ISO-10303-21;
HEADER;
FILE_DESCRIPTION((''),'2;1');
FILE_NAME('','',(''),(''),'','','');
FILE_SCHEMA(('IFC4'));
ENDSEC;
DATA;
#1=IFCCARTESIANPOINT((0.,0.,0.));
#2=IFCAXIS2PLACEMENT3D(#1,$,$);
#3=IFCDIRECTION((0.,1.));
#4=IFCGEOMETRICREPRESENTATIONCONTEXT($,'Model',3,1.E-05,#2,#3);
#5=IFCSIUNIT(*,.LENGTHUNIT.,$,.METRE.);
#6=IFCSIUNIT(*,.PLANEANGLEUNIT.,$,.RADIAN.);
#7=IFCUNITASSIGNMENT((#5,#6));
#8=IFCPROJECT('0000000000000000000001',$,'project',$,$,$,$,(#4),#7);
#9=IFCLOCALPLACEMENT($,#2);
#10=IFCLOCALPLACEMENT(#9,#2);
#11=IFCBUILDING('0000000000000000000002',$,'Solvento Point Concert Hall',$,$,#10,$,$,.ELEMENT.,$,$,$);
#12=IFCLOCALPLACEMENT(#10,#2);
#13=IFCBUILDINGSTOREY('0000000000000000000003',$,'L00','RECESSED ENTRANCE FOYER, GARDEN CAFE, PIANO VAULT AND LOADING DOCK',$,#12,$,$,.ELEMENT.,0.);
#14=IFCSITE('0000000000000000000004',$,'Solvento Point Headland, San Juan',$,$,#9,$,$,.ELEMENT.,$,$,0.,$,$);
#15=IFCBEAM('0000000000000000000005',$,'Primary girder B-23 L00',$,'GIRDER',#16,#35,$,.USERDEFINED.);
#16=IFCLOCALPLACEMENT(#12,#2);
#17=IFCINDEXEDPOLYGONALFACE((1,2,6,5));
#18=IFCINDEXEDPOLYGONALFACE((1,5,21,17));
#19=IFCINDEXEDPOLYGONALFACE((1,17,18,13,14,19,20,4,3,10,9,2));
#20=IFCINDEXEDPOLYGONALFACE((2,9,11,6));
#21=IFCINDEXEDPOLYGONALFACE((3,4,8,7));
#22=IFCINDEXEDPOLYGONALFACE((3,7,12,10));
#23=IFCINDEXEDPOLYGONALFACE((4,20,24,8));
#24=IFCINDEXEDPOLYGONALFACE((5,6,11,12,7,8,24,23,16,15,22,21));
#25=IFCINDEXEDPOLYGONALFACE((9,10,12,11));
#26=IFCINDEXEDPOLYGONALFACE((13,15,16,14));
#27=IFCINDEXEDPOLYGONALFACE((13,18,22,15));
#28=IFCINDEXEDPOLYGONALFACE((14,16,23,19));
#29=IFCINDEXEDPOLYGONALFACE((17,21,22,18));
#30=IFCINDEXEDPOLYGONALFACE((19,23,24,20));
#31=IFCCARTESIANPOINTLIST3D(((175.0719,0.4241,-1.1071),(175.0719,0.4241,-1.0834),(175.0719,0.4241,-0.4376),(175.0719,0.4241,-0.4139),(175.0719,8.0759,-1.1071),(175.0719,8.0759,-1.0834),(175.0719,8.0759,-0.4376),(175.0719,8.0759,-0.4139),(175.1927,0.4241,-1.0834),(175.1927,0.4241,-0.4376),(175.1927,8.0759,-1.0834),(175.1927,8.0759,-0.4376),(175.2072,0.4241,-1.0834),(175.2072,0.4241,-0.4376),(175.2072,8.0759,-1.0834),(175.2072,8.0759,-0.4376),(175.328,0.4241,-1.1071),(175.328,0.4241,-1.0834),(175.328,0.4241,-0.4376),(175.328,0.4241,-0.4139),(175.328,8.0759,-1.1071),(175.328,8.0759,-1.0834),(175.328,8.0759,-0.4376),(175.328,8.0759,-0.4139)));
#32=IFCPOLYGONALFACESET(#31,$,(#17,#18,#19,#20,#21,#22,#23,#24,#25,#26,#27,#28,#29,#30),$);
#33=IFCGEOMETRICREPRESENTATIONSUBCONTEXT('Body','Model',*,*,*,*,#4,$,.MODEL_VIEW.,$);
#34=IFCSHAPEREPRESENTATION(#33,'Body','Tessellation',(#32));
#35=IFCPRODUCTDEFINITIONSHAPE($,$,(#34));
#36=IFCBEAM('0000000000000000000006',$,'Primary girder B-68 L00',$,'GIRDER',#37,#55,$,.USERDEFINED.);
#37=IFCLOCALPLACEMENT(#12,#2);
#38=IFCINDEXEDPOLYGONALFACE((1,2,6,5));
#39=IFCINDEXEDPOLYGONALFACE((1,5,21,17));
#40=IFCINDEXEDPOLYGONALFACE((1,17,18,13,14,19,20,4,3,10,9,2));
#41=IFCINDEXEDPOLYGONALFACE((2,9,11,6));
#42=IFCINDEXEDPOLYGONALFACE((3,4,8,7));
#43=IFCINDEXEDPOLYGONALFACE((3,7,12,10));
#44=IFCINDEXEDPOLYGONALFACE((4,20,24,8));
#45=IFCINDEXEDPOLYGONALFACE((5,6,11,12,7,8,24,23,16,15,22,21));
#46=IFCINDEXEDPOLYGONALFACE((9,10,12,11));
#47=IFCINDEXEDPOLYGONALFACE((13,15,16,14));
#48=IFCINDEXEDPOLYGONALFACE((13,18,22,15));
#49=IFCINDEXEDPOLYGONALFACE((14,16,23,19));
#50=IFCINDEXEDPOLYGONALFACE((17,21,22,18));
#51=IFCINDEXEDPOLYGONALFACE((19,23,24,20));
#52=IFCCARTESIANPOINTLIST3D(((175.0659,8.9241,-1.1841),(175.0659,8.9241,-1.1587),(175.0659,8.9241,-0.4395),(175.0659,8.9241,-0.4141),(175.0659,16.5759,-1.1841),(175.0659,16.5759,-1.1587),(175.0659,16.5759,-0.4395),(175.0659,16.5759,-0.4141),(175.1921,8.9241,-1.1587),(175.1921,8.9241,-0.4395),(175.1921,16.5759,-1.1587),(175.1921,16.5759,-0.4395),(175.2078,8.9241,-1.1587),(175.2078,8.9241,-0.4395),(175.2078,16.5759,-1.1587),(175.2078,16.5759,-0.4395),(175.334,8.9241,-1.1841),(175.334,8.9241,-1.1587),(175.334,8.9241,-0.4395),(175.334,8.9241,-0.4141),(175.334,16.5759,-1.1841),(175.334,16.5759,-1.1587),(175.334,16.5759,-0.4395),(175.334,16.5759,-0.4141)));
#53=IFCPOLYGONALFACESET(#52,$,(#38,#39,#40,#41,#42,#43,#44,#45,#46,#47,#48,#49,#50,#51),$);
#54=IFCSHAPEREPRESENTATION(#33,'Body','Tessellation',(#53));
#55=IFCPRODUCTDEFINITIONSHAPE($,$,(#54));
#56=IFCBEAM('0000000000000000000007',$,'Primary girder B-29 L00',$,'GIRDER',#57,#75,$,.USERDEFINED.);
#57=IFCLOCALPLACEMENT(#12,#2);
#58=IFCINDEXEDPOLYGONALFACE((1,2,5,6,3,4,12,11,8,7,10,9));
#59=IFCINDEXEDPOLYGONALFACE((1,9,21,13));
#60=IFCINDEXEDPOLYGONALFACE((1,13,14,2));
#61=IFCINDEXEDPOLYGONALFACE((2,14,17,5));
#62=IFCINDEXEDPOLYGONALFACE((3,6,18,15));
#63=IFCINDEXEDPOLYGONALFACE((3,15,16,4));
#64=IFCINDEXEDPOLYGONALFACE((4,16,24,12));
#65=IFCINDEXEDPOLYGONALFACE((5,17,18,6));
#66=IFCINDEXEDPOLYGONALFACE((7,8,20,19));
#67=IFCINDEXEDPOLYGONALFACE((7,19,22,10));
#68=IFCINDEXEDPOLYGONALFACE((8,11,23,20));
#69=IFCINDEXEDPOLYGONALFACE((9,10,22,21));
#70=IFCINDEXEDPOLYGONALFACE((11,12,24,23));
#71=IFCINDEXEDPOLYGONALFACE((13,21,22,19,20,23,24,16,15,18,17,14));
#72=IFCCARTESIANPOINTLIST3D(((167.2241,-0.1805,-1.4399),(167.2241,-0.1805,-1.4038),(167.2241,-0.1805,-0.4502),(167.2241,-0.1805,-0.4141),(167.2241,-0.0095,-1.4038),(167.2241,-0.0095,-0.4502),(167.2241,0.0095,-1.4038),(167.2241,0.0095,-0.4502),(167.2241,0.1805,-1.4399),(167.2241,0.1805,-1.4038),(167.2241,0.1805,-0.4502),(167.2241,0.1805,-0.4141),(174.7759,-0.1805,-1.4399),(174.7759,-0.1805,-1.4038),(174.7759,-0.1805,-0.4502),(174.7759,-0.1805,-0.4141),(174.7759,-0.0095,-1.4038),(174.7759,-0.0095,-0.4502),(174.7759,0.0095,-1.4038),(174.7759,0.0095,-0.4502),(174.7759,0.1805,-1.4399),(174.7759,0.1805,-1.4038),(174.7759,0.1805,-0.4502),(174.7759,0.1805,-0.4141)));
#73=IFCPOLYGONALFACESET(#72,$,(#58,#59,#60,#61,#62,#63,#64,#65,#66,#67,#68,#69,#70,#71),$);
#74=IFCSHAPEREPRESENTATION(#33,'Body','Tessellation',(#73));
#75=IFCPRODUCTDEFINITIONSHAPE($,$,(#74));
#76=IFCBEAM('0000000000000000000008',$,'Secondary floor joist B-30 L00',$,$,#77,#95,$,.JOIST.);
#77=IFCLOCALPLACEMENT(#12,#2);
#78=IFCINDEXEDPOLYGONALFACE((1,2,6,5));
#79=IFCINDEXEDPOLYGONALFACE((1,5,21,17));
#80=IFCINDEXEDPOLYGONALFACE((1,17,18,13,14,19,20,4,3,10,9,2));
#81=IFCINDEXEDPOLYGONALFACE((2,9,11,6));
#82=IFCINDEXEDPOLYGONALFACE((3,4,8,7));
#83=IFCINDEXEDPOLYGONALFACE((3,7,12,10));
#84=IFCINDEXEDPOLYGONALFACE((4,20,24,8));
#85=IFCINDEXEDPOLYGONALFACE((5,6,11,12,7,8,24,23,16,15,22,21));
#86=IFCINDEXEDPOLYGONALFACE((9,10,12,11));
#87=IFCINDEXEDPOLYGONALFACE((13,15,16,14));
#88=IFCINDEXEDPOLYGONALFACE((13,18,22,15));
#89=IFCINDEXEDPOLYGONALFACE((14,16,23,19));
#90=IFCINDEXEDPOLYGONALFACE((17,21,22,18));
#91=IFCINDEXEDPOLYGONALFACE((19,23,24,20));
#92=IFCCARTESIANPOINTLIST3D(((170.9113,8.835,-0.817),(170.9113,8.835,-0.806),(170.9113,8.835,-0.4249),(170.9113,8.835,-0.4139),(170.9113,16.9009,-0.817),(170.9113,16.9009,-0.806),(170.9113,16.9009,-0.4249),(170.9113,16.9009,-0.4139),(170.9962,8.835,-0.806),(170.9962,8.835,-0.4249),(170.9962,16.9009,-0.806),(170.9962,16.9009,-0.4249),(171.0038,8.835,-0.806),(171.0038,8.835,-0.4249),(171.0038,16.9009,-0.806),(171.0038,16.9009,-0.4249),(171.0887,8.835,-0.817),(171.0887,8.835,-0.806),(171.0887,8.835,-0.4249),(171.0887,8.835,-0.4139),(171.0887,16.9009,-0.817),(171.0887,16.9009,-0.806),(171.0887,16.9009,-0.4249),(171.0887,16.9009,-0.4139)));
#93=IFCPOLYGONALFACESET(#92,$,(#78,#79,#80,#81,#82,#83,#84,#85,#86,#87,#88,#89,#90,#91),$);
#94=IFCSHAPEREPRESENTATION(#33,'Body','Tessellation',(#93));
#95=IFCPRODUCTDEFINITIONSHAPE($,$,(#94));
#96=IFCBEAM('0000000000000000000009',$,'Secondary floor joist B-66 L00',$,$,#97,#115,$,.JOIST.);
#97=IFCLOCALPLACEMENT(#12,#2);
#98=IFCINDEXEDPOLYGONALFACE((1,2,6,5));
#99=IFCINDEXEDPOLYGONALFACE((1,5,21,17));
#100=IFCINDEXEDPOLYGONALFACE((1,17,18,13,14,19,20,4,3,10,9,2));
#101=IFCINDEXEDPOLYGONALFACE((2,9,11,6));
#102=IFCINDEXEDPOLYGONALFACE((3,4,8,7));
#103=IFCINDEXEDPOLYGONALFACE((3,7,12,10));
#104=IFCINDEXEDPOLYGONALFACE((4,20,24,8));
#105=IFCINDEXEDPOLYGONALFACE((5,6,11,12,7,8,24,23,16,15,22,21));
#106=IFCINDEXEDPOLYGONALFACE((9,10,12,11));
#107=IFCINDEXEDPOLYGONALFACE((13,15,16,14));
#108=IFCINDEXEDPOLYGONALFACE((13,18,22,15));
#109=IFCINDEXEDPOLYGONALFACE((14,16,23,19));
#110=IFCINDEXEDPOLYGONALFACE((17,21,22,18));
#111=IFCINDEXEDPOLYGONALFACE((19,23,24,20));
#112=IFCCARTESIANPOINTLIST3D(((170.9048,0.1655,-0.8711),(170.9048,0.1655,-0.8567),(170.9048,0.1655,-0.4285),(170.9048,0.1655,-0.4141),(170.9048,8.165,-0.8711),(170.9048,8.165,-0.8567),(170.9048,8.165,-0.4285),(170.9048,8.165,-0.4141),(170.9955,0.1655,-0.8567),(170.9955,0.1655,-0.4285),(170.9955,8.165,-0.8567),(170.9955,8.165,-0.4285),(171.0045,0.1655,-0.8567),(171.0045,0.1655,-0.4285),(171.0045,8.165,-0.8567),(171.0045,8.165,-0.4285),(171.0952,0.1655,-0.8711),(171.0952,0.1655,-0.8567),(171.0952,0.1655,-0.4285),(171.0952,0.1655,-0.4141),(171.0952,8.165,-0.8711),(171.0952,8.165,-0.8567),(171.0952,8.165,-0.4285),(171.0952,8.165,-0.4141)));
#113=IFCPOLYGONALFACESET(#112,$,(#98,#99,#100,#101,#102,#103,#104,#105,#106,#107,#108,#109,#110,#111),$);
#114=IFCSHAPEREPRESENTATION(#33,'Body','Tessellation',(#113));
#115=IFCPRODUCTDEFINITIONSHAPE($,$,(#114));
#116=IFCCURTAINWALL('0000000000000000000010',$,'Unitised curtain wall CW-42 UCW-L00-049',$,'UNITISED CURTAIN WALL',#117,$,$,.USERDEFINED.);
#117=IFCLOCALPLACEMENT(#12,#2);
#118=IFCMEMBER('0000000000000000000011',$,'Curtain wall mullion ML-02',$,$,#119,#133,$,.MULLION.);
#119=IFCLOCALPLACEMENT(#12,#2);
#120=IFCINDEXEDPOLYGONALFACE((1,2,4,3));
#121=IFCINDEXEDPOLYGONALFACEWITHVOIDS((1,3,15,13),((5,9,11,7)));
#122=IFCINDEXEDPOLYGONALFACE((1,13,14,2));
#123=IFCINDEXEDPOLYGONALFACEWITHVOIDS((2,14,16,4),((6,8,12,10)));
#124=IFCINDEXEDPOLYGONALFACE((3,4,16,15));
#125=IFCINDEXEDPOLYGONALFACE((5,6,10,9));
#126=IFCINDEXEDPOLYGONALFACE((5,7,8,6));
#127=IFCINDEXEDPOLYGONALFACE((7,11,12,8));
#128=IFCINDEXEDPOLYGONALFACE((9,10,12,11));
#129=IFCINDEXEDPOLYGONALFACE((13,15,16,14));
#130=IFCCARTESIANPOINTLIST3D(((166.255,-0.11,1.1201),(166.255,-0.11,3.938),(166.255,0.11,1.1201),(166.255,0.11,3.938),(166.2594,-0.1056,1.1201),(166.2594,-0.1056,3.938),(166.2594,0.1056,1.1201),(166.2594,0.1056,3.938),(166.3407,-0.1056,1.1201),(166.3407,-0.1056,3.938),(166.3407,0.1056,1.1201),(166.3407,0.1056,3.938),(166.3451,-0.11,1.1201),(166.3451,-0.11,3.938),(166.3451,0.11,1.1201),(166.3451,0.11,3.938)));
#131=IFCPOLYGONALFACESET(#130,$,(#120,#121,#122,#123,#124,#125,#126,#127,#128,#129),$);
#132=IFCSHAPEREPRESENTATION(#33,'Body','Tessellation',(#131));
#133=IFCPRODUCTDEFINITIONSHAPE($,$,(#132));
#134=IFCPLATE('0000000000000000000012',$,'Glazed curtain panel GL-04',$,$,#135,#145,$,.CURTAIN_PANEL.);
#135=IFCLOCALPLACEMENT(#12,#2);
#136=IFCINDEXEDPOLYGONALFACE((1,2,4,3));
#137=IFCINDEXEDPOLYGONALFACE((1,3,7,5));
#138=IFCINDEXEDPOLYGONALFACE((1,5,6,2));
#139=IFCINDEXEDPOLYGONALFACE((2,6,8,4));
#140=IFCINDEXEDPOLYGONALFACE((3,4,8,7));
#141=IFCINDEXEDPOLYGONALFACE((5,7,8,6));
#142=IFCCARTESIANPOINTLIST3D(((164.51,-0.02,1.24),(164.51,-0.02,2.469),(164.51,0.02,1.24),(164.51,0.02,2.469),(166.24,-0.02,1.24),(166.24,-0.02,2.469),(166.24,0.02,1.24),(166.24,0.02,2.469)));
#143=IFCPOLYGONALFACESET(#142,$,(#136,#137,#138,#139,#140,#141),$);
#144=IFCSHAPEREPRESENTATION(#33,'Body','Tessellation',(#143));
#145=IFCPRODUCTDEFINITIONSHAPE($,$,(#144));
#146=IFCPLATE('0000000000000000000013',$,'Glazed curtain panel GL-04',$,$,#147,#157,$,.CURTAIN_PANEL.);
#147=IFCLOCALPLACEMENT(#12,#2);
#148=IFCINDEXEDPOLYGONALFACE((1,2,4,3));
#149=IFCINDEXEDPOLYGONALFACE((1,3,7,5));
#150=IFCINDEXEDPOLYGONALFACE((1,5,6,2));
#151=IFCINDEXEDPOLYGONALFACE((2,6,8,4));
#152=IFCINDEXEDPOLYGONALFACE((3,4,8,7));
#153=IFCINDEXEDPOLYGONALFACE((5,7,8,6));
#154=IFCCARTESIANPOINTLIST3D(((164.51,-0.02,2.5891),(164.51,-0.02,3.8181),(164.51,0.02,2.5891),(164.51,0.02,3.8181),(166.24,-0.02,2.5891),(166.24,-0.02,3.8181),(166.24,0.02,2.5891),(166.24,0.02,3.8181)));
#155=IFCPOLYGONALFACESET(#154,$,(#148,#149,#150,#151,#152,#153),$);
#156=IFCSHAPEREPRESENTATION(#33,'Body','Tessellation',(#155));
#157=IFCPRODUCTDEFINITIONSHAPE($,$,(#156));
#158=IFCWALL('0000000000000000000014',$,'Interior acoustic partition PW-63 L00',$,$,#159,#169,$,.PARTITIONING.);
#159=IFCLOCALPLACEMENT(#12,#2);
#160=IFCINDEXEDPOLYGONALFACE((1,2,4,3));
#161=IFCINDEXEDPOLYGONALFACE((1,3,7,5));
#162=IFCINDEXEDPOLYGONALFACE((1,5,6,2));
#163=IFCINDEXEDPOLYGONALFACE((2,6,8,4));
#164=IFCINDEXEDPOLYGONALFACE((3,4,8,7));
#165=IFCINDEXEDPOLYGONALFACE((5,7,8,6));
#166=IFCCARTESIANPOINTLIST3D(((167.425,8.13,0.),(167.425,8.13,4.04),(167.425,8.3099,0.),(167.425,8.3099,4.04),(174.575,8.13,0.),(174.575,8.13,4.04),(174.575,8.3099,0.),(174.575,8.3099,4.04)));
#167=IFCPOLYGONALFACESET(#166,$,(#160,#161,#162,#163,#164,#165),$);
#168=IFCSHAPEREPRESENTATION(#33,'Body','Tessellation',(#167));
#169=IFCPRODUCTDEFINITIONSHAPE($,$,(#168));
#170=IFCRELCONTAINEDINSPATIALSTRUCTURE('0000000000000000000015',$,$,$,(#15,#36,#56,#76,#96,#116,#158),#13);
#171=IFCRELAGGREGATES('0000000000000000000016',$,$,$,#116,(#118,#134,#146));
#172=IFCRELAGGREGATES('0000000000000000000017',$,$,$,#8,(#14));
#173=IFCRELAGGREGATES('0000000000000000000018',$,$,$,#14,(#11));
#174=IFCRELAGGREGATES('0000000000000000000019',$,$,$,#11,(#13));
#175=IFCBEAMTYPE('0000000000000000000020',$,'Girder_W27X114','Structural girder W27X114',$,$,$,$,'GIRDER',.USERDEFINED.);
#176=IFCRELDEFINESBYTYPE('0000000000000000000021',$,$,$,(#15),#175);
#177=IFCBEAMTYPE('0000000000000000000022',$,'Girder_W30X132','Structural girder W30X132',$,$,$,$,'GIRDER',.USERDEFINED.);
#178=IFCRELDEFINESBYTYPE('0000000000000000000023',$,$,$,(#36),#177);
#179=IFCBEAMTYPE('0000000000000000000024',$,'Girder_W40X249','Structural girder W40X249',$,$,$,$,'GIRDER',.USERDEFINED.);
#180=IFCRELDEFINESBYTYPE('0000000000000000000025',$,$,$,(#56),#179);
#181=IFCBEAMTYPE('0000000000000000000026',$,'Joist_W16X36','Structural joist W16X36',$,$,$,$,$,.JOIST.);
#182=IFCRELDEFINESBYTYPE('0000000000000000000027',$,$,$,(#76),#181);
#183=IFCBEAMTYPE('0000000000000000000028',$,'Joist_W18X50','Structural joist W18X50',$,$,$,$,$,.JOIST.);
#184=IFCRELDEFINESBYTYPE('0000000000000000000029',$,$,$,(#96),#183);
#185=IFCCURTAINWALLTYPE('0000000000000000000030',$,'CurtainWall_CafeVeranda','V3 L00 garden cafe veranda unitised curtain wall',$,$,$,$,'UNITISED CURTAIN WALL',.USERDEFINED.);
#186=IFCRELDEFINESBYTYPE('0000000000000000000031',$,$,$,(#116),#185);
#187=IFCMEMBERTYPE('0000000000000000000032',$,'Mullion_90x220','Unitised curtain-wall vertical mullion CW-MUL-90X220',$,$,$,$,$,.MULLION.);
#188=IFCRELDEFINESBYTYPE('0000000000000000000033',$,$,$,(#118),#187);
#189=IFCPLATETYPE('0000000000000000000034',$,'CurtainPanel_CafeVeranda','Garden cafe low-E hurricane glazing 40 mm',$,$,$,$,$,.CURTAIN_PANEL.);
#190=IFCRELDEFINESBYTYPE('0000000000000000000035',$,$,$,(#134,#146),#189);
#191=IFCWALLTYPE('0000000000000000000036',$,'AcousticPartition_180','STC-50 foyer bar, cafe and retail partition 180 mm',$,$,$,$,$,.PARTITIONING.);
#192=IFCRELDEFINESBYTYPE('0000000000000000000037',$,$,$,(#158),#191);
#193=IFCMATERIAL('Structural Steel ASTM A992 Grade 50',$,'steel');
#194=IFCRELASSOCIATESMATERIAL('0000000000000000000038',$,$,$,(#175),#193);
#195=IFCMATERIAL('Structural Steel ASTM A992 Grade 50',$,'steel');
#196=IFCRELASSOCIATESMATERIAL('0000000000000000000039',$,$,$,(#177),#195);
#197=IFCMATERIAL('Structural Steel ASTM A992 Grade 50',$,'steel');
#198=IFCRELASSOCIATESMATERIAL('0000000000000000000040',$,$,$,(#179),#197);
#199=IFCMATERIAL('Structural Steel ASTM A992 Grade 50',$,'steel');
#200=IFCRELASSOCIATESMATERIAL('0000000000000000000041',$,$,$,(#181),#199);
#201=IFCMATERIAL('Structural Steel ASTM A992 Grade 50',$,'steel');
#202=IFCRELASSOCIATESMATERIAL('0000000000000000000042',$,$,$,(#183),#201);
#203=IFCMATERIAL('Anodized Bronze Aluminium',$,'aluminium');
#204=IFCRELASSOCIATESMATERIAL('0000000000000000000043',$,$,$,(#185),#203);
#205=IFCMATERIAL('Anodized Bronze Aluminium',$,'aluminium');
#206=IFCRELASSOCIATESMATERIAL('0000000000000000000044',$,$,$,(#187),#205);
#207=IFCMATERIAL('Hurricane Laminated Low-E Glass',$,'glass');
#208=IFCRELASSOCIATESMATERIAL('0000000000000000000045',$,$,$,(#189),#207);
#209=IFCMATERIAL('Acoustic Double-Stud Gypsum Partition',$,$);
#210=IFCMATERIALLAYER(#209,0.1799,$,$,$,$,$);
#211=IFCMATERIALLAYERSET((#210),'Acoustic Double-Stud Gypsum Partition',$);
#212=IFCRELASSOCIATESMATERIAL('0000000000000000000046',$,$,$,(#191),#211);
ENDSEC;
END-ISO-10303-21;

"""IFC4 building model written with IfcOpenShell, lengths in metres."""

from ifc_helpers import new_model, si_unit, direction, frame, frame_2d, origin, origin_2d, place, context, subcontext, project, spatial, rectangle, hollow_rectangle, i_section, extrude, material, layer, layer_set, material_profile, profile_set, type_object, element, aggregate, save


model = new_model("IFC4")

# Units and contexts
model_context = context("Model", 3, precision=1e-05, world=origin(), true_north=direction((0.0, 1.0)))
body_context = subcontext(model_context, "Body", "Model", "MODEL_VIEW")
ifc_project = project(units=[si_unit("LENGTHUNIT", "METRE"), si_unit("PLANEANGLEUNIT", "RADIAN")], contexts=[model_context])

# Site, building, storey
site_placement = place(None, origin())
site = spatial("IfcSite", under=ifc_project, at=site_placement, Name="Solvento Point Headland, San Juan", CompositionType="ELEMENT", RefElevation=0.0)
building_placement = place(site_placement, origin())
building = spatial("IfcBuilding", under=site, at=building_placement, Name="Solvento Point Concert Hall", CompositionType="ELEMENT")
storey_placement = place(building_placement, origin())
storey = spatial("IfcBuildingStorey", under=building, at=storey_placement, Name="L00", Description="RECESSED ENTRANCE FOYER, GARDEN CAFE, PIANO VAULT AND LOADING DOCK", CompositionType="ELEMENT", Elevation=0.0)

# Beams
ifc_material_1 = material(Name="Structural Steel ASTM A992 Grade 50", Category="steel")
ifc_material_profile_1 = material_profile(ifc_material_1, i_section(OverallWidth=0.2561, OverallDepth=0.6931, WebThickness=0.0144, FlangeThickness=0.0237, at=origin_2d()), Name="W27X114")
ifc_profile_set_1 = profile_set([ifc_material_profile_1], Name="Structural Steel ASTM A992 Grade 50")
beam_type_1 = type_object("IfcBeamType", Name="Girder_W27X114", Description="Structural girder W27X114", ElementType="GIRDER", PredefinedType="USERDEFINED", material=ifc_profile_set_1)
for number, where, z_axis, x_axis, name in (
    (1, (175.2, 0.4241, -0.7605), (0.0, 1.0, 0.0), (-1.0, 0.0, 0.0), "Primary girder B-23 L00"),
):
    element("IfcBeam", number, at=place(storey_placement, frame(where, z_axis=z_axis, x_axis=x_axis)), inside=storey, type_object=beam_type_1, Name=name, ObjectType="GIRDER", PredefinedType="USERDEFINED", context=body_context, shape_type="SweptSolid", body=[
        extrude(i_section(OverallWidth=0.2561, OverallDepth=0.6931, WebThickness=0.0144, FlangeThickness=0.0237, at=origin_2d()), origin(), (0.0, 0.0, 1.0), 7.6519),
    ])
ifc_material_2 = material(Name="Structural Steel ASTM A992 Grade 50", Category="steel")
ifc_material_profile_2 = material_profile(ifc_material_2, i_section(OverallWidth=0.2681, OverallDepth=0.77, WebThickness=0.0156, FlangeThickness=0.0254, at=origin_2d()), Name="W30X132")
ifc_profile_set_2 = profile_set([ifc_material_profile_2], Name="Structural Steel ASTM A992 Grade 50")
beam_type_2 = type_object("IfcBeamType", Name="Girder_W30X132", Description="Structural girder W30X132", ElementType="GIRDER", PredefinedType="USERDEFINED", material=ifc_profile_set_2)
beam_1_placement = place(storey_placement, frame((175.2, 8.9241, -0.7991), z_axis=(0.0, 1.0, 0.0), x_axis=(-1.0, 0.0, 0.0)))
element("IfcBeam", 2, at=beam_1_placement, inside=storey, type_object=beam_type_2, Name="Primary girder B-68 L00", ObjectType="GIRDER", PredefinedType="USERDEFINED", context=body_context, shape_type="SweptSolid", body=[
    extrude(i_section(OverallWidth=0.2681, OverallDepth=0.77, WebThickness=0.0156, FlangeThickness=0.0254, at=origin_2d()), origin(), (0.0, 0.0, 1.0), 7.6519),
])
ifc_material_3 = material(Name="Structural Steel ASTM A992 Grade 50", Category="steel")
ifc_material_profile_3 = material_profile(ifc_material_3, i_section(OverallWidth=0.3611, OverallDepth=1.0259, WebThickness=0.019, FlangeThickness=0.0361, at=origin_2d()), Name="W40X249")
ifc_profile_set_3 = profile_set([ifc_material_profile_3], Name="Structural Steel ASTM A992 Grade 50")
beam_type_3 = type_object("IfcBeamType", Name="Girder_W40X249", Description="Structural girder W40X249", ElementType="GIRDER", PredefinedType="USERDEFINED", material=ifc_profile_set_3)
beam_2_placement = place(storey_placement, frame((167.2241, 0.0, -0.927), z_axis=(1.0, 0.0, 0.0), x_axis=(0.0, 1.0, 0.0)))
element("IfcBeam", 3, at=beam_2_placement, inside=storey, type_object=beam_type_3, Name="Primary girder B-29 L00", ObjectType="GIRDER", PredefinedType="USERDEFINED", context=body_context, shape_type="SweptSolid", body=[
    extrude(i_section(OverallWidth=0.3611, OverallDepth=1.0259, WebThickness=0.019, FlangeThickness=0.0361, at=origin_2d()), origin(), (0.0, 0.0, 1.0), 7.5518),
])
ifc_material_4 = material(Name="Structural Steel ASTM A992 Grade 50", Category="steel")
ifc_material_profile_4 = material_profile(ifc_material_4, i_section(OverallWidth=0.1775, OverallDepth=0.4031, WebThickness=0.0076, FlangeThickness=0.011, at=origin_2d()), Name="W16X36")
ifc_profile_set_4 = profile_set([ifc_material_profile_4], Name="Structural Steel ASTM A992 Grade 50")
beam_type_4 = type_object("IfcBeamType", Name="Joist_W16X36", Description="Structural joist W16X36", PredefinedType="JOIST", material=ifc_profile_set_4)
beam_3_placement = place(storey_placement, frame((171.0, 8.835, -0.6155), z_axis=(0.0, 1.0, 0.0), x_axis=(-1.0, 0.0, 0.0)))
element("IfcBeam", 4, at=beam_3_placement, inside=storey, type_object=beam_type_4, Name="Secondary floor joist B-30 L00", PredefinedType="JOIST", context=body_context, shape_type="SweptSolid", body=[
    extrude(i_section(OverallWidth=0.1775, OverallDepth=0.4031, WebThickness=0.0076, FlangeThickness=0.011, at=origin_2d()), origin(), (0.0, 0.0, 1.0), 8.0659),
])
ifc_material_5 = material(Name="Structural Steel ASTM A992 Grade 50", Category="steel")
ifc_material_profile_5 = material_profile(ifc_material_5, i_section(OverallWidth=0.1904, OverallDepth=0.457, WebThickness=0.009, FlangeThickness=0.0144, at=origin_2d()), Name="W18X50")
ifc_profile_set_5 = profile_set([ifc_material_profile_5], Name="Structural Steel ASTM A992 Grade 50")
beam_type_5 = type_object("IfcBeamType", Name="Joist_W18X50", Description="Structural joist W18X50", PredefinedType="JOIST", material=ifc_profile_set_5)
beam_4_placement = place(storey_placement, frame((171.0, 0.1655, -0.6426), z_axis=(0.0, 1.0, 0.0), x_axis=(-1.0, 0.0, 0.0)))
element("IfcBeam", 5, at=beam_4_placement, inside=storey, type_object=beam_type_5, Name="Secondary floor joist B-66 L00", PredefinedType="JOIST", context=body_context, shape_type="SweptSolid", body=[
    extrude(i_section(OverallWidth=0.1904, OverallDepth=0.457, WebThickness=0.009, FlangeThickness=0.0144, at=origin_2d()), origin(), (0.0, 0.0, 1.0), 7.9995),
])

# Curtain wall, member, plates
ifc_material_6 = material(Name="Anodized Bronze Aluminium", Category="aluminium")
curtain_wall_type = type_object("IfcCurtainWallType", Name="CurtainWall_CafeVeranda", Description="V3 L00 garden cafe veranda unitised curtain wall", ElementType="UNITISED CURTAIN WALL", PredefinedType="USERDEFINED", material=ifc_material_6)
curtain_wall_placement = place(storey_placement, origin())
curtain_wall = element("IfcCurtainWall", 6, at=curtain_wall_placement, inside=storey, type_object=curtain_wall_type, Name="Unitised curtain wall CW-42 UCW-L00-049", ObjectType="UNITISED CURTAIN WALL", PredefinedType="USERDEFINED")
ifc_material_7 = material(Name="Anodized Bronze Aluminium", Category="aluminium")
ifc_material_profile_6 = material_profile(ifc_material_7, hollow_rectangle(XDim=0.0901, YDim=0.22, WallThickness=0.0044, at=origin_2d()), Name="CW-MUL-90X220")
ifc_profile_set_6 = profile_set([ifc_material_profile_6], Name="Anodized Bronze Aluminium")
member_type = type_object("IfcMemberType", Name="Mullion_90x220", Description="Unitised curtain-wall vertical mullion CW-MUL-90X220", PredefinedType="MULLION", material=ifc_profile_set_6)
member_placement = place(storey_placement, frame((166.3, 0.0, 1.1201), z_axis=(0.0, 0.0, 1.0), x_axis=(1.0, 0.0, 0.0)))
member = element("IfcMember", 7, at=member_placement, type_object=member_type, Name="Curtain wall mullion ML-02", PredefinedType="MULLION", context=body_context, shape_type="SweptSolid", body=[
    extrude(hollow_rectangle(XDim=0.0901, YDim=0.22, WallThickness=0.0044, at=origin_2d()), origin(), (0.0, 0.0, 1.0), 2.8179),
])
ifc_material_8 = material(Name="Hurricane Laminated Low-E Glass", Category="glass")
plate_type = type_object("IfcPlateType", Name="CurtainPanel_CafeVeranda", Description="Garden cafe low-E hurricane glazing 40 mm", PredefinedType="CURTAIN_PANEL", material=ifc_material_8)
plate_1_placement = place(storey_placement, frame((165.375, 0.0, 1.24), z_axis=(0.0, 0.0, 1.0), x_axis=(1.0, 0.0, 0.0)))
plate_1 = element("IfcPlate", 8, at=plate_1_placement, type_object=plate_type, Name="Glazed curtain panel GL-04", PredefinedType="CURTAIN_PANEL", context=body_context, shape_type="SweptSolid", body=[
    extrude(rectangle(XDim=1.73, YDim=0.04, at=origin_2d()), origin(), (0.0, 0.0, 1.0), 1.229),
])
plate_2_placement = place(storey_placement, frame((165.375, 0.0, 2.5891), z_axis=(0.0, 0.0, 1.0), x_axis=(1.0, 0.0, 0.0)))
plate_2 = element("IfcPlate", 9, at=plate_2_placement, type_object=plate_type, Name="Glazed curtain panel GL-04", PredefinedType="CURTAIN_PANEL", context=body_context, shape_type="SweptSolid", body=[
    extrude(rectangle(XDim=1.73, YDim=0.04, at=origin_2d()), origin(), (0.0, 0.0, 1.0), 1.229),
])
aggregate(curtain_wall, [member, plate_1, plate_2])

# Wall
ifc_material_9 = material(Name="Acoustic Double-Stud Gypsum Partition")
ifc_layer_1 = layer(ifc_material_9, 0.1799)
ifc_layer_set_1 = layer_set([ifc_layer_1], Name="Acoustic Double-Stud Gypsum Partition")
wall_type_1 = type_object("IfcWallType", Name="AcousticPartition_180", Description="STC-50 foyer bar, cafe and retail partition 180 mm", PredefinedType="PARTITIONING", material=ifc_layer_set_1)
wall_1_placement = place(storey_placement, frame((174.575, 8.22, 0.0), z_axis=(0.0, 0.0, 1.0), x_axis=(-1.0, 0.0, 0.0)))
element("IfcWall", 10, at=wall_1_placement, inside=storey, type_object=wall_type_1, Name="Interior acoustic partition PW-63 L00", PredefinedType="PARTITIONING", context=body_context, shape_type="SweptSolid", body=[
    extrude(rectangle(XDim=7.1499, YDim=0.1799, at=frame_2d((3.575, 0.0))), origin(), (0.0, 0.0, 1.0), 4.04),
])

save(model, "model.ifc")
